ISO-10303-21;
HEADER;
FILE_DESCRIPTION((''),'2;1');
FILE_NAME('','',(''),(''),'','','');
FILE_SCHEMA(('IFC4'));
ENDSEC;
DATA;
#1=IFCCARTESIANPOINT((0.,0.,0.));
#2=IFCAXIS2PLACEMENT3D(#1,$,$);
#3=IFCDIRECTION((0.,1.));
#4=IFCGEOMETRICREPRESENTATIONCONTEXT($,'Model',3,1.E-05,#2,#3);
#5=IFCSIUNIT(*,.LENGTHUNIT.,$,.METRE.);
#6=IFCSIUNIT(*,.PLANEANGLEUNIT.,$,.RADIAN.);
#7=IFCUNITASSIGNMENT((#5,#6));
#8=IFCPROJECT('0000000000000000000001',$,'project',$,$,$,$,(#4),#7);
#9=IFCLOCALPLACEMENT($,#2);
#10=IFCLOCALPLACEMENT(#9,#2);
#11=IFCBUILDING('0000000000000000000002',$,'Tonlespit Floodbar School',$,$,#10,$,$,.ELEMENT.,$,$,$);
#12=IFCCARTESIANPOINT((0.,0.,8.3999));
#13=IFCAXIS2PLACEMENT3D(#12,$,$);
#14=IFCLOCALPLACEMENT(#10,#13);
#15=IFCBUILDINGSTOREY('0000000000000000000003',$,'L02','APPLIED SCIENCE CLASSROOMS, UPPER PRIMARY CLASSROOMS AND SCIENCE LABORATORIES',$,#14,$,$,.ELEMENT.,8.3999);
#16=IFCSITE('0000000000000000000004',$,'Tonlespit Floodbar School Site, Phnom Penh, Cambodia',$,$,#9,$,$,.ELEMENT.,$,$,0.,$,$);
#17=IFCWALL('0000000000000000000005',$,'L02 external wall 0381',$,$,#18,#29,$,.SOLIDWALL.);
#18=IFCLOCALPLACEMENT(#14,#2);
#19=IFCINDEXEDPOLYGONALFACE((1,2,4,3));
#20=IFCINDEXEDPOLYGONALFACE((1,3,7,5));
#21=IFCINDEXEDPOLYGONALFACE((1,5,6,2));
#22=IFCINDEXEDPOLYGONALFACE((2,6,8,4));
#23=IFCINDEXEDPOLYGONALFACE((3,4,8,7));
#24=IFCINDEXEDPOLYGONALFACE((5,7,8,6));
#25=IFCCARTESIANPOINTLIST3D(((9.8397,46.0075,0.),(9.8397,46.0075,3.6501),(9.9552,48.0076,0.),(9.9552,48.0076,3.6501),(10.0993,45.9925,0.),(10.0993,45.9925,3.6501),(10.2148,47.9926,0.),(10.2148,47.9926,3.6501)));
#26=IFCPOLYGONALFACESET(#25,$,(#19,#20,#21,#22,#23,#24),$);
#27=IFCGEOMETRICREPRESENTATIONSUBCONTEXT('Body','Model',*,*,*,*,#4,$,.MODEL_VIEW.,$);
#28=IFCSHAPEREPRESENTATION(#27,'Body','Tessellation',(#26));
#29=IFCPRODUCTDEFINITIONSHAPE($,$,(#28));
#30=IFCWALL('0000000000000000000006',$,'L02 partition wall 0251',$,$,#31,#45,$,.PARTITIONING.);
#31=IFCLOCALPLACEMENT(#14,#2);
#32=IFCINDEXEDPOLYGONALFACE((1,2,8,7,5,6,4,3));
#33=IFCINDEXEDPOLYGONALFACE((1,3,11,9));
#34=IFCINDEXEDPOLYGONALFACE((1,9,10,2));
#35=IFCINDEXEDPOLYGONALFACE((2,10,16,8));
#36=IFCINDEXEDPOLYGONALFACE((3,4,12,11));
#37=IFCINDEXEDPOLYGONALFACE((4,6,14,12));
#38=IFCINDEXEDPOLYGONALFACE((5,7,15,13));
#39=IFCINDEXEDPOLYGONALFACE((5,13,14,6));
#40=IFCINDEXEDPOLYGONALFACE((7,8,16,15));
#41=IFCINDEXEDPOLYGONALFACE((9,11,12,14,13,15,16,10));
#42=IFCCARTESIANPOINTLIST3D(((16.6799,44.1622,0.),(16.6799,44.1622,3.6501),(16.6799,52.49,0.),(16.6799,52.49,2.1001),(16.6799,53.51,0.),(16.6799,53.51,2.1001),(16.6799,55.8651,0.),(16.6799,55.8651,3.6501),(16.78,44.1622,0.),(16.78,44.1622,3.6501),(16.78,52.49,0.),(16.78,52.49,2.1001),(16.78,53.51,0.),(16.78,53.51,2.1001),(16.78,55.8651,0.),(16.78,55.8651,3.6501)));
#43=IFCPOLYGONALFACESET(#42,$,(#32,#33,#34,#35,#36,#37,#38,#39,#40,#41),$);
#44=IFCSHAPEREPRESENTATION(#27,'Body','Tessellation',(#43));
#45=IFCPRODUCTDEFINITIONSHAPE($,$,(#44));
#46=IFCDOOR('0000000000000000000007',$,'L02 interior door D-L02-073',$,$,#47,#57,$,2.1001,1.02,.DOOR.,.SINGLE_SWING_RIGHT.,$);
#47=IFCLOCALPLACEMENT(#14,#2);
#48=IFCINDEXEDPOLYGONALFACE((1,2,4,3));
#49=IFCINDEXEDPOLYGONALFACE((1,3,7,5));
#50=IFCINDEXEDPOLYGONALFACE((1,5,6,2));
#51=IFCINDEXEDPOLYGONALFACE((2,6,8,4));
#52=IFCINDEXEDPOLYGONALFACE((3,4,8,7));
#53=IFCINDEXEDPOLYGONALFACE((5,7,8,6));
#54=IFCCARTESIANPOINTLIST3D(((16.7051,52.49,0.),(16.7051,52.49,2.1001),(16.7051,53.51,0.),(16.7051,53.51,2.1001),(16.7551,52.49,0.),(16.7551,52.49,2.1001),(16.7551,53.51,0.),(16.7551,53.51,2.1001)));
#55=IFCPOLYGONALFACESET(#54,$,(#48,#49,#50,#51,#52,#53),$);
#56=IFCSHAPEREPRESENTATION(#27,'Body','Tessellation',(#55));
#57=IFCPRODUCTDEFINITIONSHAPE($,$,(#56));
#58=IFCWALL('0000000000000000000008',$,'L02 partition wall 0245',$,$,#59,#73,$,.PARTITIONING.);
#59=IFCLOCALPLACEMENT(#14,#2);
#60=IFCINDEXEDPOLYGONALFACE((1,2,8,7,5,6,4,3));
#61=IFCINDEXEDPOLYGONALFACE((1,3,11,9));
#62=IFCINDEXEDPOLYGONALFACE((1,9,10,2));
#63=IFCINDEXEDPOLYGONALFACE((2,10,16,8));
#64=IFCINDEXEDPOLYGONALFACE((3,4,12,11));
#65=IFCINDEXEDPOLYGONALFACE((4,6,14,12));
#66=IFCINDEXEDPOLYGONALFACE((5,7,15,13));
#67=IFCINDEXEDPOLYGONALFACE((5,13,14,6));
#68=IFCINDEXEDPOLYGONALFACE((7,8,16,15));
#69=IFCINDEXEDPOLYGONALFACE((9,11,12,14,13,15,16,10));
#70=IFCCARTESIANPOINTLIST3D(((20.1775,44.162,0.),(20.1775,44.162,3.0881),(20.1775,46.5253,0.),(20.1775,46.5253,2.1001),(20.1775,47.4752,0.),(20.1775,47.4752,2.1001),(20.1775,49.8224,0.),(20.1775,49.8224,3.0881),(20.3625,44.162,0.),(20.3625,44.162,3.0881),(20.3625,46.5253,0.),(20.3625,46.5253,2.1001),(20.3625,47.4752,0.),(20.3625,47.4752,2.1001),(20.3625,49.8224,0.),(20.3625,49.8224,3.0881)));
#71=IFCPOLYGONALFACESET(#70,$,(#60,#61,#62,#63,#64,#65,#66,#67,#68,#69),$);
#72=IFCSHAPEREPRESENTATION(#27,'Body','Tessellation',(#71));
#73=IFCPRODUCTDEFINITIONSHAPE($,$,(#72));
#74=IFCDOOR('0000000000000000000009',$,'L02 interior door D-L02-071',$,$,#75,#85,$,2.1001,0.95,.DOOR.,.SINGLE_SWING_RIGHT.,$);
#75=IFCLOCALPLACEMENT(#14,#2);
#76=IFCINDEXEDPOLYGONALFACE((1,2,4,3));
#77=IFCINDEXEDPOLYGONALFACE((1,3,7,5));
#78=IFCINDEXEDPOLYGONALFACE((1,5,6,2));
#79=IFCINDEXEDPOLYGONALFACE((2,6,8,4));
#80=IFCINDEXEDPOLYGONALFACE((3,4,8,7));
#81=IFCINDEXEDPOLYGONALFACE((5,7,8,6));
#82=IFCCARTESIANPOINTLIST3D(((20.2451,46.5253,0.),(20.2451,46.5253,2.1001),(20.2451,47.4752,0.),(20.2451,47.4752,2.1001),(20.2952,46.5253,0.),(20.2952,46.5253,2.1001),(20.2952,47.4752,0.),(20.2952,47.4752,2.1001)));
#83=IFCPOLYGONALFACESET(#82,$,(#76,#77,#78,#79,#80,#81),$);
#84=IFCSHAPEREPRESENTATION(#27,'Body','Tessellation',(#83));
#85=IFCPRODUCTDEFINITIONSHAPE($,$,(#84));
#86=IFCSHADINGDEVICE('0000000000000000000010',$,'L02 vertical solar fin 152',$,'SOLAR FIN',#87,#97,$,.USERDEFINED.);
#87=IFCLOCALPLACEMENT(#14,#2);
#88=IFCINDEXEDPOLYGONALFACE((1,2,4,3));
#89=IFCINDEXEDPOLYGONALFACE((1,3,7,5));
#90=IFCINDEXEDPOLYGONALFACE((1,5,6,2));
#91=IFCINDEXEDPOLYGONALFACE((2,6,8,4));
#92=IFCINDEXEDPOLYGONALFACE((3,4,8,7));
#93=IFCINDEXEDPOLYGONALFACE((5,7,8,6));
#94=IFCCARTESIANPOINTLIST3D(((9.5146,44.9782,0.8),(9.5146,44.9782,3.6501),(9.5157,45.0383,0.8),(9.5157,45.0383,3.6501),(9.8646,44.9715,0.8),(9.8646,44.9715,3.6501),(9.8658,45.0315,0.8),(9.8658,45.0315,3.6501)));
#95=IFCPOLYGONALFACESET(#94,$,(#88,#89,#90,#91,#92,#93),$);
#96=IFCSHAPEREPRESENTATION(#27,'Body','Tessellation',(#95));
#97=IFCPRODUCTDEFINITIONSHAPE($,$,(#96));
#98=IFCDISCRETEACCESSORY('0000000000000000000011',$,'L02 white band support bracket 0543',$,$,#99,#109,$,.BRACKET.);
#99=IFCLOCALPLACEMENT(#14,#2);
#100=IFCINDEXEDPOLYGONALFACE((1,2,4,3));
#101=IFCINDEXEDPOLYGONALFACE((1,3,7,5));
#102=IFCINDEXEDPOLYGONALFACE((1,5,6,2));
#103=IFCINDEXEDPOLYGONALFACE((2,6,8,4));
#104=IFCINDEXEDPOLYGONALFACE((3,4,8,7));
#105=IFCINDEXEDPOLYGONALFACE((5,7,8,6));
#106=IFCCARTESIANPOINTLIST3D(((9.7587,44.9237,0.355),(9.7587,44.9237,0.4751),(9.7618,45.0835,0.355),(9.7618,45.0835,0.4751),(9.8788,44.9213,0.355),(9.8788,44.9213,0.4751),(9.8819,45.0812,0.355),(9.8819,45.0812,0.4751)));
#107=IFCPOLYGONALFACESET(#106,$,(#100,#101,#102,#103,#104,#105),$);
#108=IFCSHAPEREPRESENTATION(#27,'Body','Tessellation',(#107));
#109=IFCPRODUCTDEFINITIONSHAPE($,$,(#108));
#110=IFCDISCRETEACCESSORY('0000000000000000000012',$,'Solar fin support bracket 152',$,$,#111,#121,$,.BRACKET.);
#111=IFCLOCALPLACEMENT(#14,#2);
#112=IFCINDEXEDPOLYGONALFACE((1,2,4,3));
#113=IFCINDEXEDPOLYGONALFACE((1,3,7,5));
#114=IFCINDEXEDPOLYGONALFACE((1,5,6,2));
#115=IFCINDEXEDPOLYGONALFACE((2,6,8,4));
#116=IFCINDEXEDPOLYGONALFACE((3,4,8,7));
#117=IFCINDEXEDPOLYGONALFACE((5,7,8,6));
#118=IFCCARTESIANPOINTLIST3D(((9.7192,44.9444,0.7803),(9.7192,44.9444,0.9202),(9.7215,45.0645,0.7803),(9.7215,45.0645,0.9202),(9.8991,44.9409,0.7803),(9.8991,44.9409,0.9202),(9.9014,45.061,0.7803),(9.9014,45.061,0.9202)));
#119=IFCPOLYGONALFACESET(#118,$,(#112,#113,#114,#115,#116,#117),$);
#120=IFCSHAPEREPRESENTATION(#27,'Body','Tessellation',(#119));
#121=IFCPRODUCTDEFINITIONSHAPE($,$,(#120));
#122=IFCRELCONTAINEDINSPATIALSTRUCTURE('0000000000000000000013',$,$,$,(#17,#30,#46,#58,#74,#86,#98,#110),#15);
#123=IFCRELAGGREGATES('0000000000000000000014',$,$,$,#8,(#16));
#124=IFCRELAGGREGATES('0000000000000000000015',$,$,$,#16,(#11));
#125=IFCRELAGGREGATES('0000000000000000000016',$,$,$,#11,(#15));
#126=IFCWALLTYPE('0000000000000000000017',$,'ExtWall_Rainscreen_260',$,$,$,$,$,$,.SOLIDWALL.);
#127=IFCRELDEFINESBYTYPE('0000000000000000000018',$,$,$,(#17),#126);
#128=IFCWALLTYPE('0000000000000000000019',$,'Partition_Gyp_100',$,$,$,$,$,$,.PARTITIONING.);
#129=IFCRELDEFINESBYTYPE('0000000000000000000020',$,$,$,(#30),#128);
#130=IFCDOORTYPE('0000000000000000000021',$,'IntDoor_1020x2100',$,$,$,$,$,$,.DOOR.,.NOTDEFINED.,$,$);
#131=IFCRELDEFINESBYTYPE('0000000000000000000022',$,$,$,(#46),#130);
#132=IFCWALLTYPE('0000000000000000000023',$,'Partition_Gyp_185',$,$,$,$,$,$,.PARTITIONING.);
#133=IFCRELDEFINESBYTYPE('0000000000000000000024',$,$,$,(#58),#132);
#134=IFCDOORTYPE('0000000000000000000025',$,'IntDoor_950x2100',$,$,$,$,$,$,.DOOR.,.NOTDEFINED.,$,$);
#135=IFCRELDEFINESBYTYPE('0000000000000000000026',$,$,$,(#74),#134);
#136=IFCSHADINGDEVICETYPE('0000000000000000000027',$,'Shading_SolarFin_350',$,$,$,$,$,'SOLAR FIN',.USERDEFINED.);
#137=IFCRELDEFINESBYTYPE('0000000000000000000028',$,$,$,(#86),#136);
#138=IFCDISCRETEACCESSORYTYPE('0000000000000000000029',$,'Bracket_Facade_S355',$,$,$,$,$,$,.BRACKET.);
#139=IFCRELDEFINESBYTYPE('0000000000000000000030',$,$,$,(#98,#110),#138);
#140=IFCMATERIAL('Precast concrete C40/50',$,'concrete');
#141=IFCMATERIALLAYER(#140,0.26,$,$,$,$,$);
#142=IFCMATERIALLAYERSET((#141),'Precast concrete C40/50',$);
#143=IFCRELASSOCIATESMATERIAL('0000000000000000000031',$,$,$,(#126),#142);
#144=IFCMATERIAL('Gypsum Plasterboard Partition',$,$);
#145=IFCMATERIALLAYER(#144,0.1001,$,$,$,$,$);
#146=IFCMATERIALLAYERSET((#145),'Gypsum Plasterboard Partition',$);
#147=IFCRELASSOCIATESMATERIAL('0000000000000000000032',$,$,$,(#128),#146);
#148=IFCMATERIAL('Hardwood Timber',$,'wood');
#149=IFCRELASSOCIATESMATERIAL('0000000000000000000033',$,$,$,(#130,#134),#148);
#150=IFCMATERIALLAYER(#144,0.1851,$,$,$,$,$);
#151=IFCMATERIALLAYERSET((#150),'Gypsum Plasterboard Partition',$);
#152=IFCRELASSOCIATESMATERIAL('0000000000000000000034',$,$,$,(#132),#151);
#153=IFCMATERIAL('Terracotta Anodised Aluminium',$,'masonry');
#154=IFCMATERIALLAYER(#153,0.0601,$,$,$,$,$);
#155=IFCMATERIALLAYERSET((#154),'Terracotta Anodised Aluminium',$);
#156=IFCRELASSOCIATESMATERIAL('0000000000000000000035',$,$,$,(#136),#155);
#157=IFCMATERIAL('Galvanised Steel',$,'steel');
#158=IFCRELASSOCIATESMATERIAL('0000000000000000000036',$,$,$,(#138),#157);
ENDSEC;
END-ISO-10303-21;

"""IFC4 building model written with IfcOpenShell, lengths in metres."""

from ifc_helpers import new_model, si_unit, direction, frame, frame_2d, origin, origin_2d, place, context, subcontext, project, spatial, rectangle, extrude, material, layer, layer_set, type_object, element, fill, save


model = new_model("IFC4")

# Units and contexts
model_context = context("Model", 3, precision=1e-05, world=origin(), true_north=direction((0.0, 1.0)))
body_context = subcontext(model_context, "Body", "Model", "MODEL_VIEW")
ifc_project = project(units=[si_unit("LENGTHUNIT", "METRE"), si_unit("PLANEANGLEUNIT", "RADIAN")], contexts=[model_context])

# Site, building, storey
site_placement = place(None, origin())
site = spatial("IfcSite", under=ifc_project, at=site_placement, Name="Tonlespit Floodbar School Site, Phnom Penh, Cambodia", CompositionType="ELEMENT", RefElevation=0.0)
building_placement = place(site_placement, origin())
building = spatial("IfcBuilding", under=site, at=building_placement, Name="Tonlespit Floodbar School", CompositionType="ELEMENT")
storey_placement = place(building_placement, frame((0.0, 0.0, 8.3999)))
storey = spatial("IfcBuildingStorey", under=building, at=storey_placement, Name="L02", Description="APPLIED SCIENCE CLASSROOMS, UPPER PRIMARY CLASSROOMS AND SCIENCE LABORATORIES", CompositionType="ELEMENT", Elevation=8.3999)

# Wall
ifc_material_1 = material(Name="Precast concrete C40/50", Category="concrete")
ifc_layer_1 = layer(ifc_material_1, 0.26)
ifc_layer_set_1 = layer_set([ifc_layer_1], Name="Precast concrete C40/50")
wall_type_1 = type_object("IfcWallType", Name="ExtWall_Rainscreen_260", PredefinedType="SOLIDWALL", material=ifc_layer_set_1)
wall_1_placement = place(storey_placement, frame((9.9695, 46.0, 0.0), z_axis=(0.0, 0.0, 1.0), x_axis=(0.057643, 0.998337, 0.0)))
element("IfcWall", 1, at=wall_1_placement, inside=storey, type_object=wall_type_1, Name="L02 external wall 0381", PredefinedType="SOLIDWALL", context=body_context, shape_type="SweptSolid", body=[
    extrude(rectangle(XDim=2.0034, YDim=0.26, at=frame_2d((1.0017, 0.0))), origin(), (0.0, 0.0, 1.0), 3.6501),
])

# Walls, openings, doors
ifc_material_2 = material(Name="Gypsum Plasterboard Partition")
ifc_layer_2 = layer(ifc_material_2, 0.1001)
ifc_layer_set_2 = layer_set([ifc_layer_2], Name="Gypsum Plasterboard Partition")
wall_type_2 = type_object("IfcWallType", Name="Partition_Gyp_100", PredefinedType="PARTITIONING", material=ifc_layer_set_2)
wall_2_placement = place(storey_placement, frame((16.73, 44.1621, 0.0), z_axis=(0.0, 0.0, 1.0), x_axis=(0.0, 1.0, 0.0)))
wall_2 = element("IfcWall", 2, at=wall_2_placement, inside=storey, type_object=wall_type_2, Name="L02 partition wall 0251", PredefinedType="PARTITIONING", context=body_context, shape_type="SweptSolid", body=[
    extrude(rectangle(XDim=11.7029, YDim=0.1001, at=frame_2d((5.8516, 0.0))), origin(), (0.0, 0.0, 1.0), 3.6501),
])
opening_1_placement = place(wall_2_placement, frame((8.3279, 0.0, 0.0)))
opening_1 = element("IfcOpeningElement", 3, at=opening_1_placement, cuts=wall_2, PredefinedType="OPENING", context=body_context, shape_type="SweptSolid", body=[
    extrude(rectangle(XDim=1.02, YDim=2.1001, at=frame_2d((0.51, 1.05))), frame((0.0, 0.0601, 0.0), z_axis=(0.0, -1.0, 0.0), x_axis=(1.0, 0.0, 0.0)), (0.0, 0.0, 1.0), 0.1201),
])
ifc_material_3 = material(Name="Hardwood Timber", Category="wood")
door_type_1 = type_object("IfcDoorType", Name="IntDoor_1020x2100", OperationType="NOTDEFINED", PredefinedType="DOOR", material=ifc_material_3)
door_1_placement = place(opening_1_placement, origin())
door_1 = element("IfcDoor", 4, at=door_1_placement, inside=storey, type_object=door_type_1, Name="L02 interior door D-L02-073", OperationType="SINGLE_SWING_RIGHT", OverallHeight=2.1001, OverallWidth=1.02, PredefinedType="DOOR", context=body_context, shape_type="SweptSolid", body=[
    extrude(rectangle(XDim=1.02, YDim=2.1001, at=frame_2d((0.51, 1.05))), frame((0.0, 0.0249, 0.0), z_axis=(0.0, -1.0, 0.0), x_axis=(1.0, 0.0, 0.0)), (0.0, 0.0, 1.0), 0.05),
])
fill(opening_1, door_1)
ifc_layer_3 = layer(ifc_material_2, 0.1851)
ifc_layer_set_3 = layer_set([ifc_layer_3], Name="Gypsum Plasterboard Partition")
wall_type_3 = type_object("IfcWallType", Name="Partition_Gyp_185", PredefinedType="PARTITIONING", material=ifc_layer_set_3)
wall_3_placement = place(storey_placement, frame((20.27, 44.1621, 0.0), z_axis=(0.0, 0.0, 1.0), x_axis=(0.0, 1.0, 0.0)))
wall_3 = element("IfcWall", 5, at=wall_3_placement, inside=storey, type_object=wall_type_3, Name="L02 partition wall 0245", PredefinedType="PARTITIONING", context=body_context, shape_type="SweptSolid", body=[
    extrude(rectangle(XDim=5.6604, YDim=0.1851, at=frame_2d((2.8301, 0.0))), origin(), (0.0, 0.0, 1.0), 3.0881),
])
opening_2_placement = place(wall_3_placement, frame((2.363, 0.0, 0.0)))
opening_2 = element("IfcOpeningElement", 6, at=opening_2_placement, cuts=wall_3, PredefinedType="OPENING", context=body_context, shape_type="SweptSolid", body=[
    extrude(rectangle(XDim=0.95, YDim=2.1001, at=frame_2d((0.4751, 1.05))), frame((0.0, 0.1025, 0.0), z_axis=(0.0, -1.0, 0.0), x_axis=(1.0, 0.0, 0.0)), (0.0, 0.0, 1.0), 0.2051),
])
door_type_2 = type_object("IfcDoorType", Name="IntDoor_950x2100", OperationType="NOTDEFINED", PredefinedType="DOOR", material=ifc_material_3)
door_2_placement = place(opening_2_placement, origin())
door_2 = element("IfcDoor", 7, at=door_2_placement, inside=storey, type_object=door_type_2, Name="L02 interior door D-L02-071", OperationType="SINGLE_SWING_RIGHT", OverallHeight=2.1001, OverallWidth=0.95, PredefinedType="DOOR", context=body_context, shape_type="SweptSolid", body=[
    extrude(rectangle(XDim=0.95, YDim=2.1001, at=frame_2d((0.4751, 1.05))), frame((0.0, 0.0249, 0.0), z_axis=(0.0, -1.0, 0.0), x_axis=(1.0, 0.0, 0.0)), (0.0, 0.0, 1.0), 0.05),
])
fill(opening_2, door_2)

# Shading device
ifc_material_4 = material(Name="Terracotta Anodised Aluminium", Category="masonry")
ifc_layer_4 = layer(ifc_material_4, 0.0601)
ifc_layer_set_4 = layer_set([ifc_layer_4], Name="Terracotta Anodised Aluminium")
shading_device_type = type_object("IfcShadingDeviceType", Name="Shading_SolarFin_350", ElementType="SOLAR FIN", PredefinedType="USERDEFINED", material=ifc_layer_set_4)
shading_device_placement = place(storey_placement, frame((9.6902, 45.0049, 0.8), z_axis=(0.0, 0.0, 1.0), x_axis=(0.019246, 0.999815, 0.0)))
element("IfcShadingDevice", 8, at=shading_device_placement, inside=storey, type_object=shading_device_type, Name="L02 vertical solar fin 152", ObjectType="SOLAR FIN", PredefinedType="USERDEFINED", context=body_context, shape_type="SweptSolid", body=[
    extrude(rectangle(XDim=0.0601, YDim=0.3501, at=origin_2d()), origin(), (0.0, 0.0, 1.0), 2.8501),
])

# Discrete accessories
ifc_material_5 = material(Name="Galvanised Steel", Category="steel")
discrete_accessory_type = type_object("IfcDiscreteAccessoryType", Name="Bracket_Facade_S355", PredefinedType="BRACKET", material=ifc_material_5)
discrete_accessory_1_placement = place(storey_placement, frame((9.8203, 45.0024, 0.355), z_axis=(0.0, 0.0, 1.0), x_axis=(0.019246, 0.999815, 0.0)))
element("IfcDiscreteAccessory", 9, at=discrete_accessory_1_placement, inside=storey, type_object=discrete_accessory_type, Name="L02 white band support bracket 0543", PredefinedType="BRACKET", context=body_context, shape_type="SweptSolid", body=[
    extrude(rectangle(XDim=0.1599, YDim=0.1201, at=origin_2d()), origin(), (0.0, 0.0, 1.0), 0.1201),
])
discrete_accessory_2_placement = place(storey_placement, frame((9.8103, 45.0027, 0.7803), z_axis=(0.0, 0.0, 1.0), x_axis=(0.019246, 0.999815, 0.0)))
element("IfcDiscreteAccessory", 10, at=discrete_accessory_2_placement, inside=storey, type_object=discrete_accessory_type, Name="Solar fin support bracket 152", PredefinedType="BRACKET", context=body_context, shape_type="SweptSolid", body=[
    extrude(rectangle(XDim=0.1201, YDim=0.1799, at=origin_2d()), origin(), (0.0, 0.0, 1.0), 0.1399),
])

save(model, "model.ifc")
